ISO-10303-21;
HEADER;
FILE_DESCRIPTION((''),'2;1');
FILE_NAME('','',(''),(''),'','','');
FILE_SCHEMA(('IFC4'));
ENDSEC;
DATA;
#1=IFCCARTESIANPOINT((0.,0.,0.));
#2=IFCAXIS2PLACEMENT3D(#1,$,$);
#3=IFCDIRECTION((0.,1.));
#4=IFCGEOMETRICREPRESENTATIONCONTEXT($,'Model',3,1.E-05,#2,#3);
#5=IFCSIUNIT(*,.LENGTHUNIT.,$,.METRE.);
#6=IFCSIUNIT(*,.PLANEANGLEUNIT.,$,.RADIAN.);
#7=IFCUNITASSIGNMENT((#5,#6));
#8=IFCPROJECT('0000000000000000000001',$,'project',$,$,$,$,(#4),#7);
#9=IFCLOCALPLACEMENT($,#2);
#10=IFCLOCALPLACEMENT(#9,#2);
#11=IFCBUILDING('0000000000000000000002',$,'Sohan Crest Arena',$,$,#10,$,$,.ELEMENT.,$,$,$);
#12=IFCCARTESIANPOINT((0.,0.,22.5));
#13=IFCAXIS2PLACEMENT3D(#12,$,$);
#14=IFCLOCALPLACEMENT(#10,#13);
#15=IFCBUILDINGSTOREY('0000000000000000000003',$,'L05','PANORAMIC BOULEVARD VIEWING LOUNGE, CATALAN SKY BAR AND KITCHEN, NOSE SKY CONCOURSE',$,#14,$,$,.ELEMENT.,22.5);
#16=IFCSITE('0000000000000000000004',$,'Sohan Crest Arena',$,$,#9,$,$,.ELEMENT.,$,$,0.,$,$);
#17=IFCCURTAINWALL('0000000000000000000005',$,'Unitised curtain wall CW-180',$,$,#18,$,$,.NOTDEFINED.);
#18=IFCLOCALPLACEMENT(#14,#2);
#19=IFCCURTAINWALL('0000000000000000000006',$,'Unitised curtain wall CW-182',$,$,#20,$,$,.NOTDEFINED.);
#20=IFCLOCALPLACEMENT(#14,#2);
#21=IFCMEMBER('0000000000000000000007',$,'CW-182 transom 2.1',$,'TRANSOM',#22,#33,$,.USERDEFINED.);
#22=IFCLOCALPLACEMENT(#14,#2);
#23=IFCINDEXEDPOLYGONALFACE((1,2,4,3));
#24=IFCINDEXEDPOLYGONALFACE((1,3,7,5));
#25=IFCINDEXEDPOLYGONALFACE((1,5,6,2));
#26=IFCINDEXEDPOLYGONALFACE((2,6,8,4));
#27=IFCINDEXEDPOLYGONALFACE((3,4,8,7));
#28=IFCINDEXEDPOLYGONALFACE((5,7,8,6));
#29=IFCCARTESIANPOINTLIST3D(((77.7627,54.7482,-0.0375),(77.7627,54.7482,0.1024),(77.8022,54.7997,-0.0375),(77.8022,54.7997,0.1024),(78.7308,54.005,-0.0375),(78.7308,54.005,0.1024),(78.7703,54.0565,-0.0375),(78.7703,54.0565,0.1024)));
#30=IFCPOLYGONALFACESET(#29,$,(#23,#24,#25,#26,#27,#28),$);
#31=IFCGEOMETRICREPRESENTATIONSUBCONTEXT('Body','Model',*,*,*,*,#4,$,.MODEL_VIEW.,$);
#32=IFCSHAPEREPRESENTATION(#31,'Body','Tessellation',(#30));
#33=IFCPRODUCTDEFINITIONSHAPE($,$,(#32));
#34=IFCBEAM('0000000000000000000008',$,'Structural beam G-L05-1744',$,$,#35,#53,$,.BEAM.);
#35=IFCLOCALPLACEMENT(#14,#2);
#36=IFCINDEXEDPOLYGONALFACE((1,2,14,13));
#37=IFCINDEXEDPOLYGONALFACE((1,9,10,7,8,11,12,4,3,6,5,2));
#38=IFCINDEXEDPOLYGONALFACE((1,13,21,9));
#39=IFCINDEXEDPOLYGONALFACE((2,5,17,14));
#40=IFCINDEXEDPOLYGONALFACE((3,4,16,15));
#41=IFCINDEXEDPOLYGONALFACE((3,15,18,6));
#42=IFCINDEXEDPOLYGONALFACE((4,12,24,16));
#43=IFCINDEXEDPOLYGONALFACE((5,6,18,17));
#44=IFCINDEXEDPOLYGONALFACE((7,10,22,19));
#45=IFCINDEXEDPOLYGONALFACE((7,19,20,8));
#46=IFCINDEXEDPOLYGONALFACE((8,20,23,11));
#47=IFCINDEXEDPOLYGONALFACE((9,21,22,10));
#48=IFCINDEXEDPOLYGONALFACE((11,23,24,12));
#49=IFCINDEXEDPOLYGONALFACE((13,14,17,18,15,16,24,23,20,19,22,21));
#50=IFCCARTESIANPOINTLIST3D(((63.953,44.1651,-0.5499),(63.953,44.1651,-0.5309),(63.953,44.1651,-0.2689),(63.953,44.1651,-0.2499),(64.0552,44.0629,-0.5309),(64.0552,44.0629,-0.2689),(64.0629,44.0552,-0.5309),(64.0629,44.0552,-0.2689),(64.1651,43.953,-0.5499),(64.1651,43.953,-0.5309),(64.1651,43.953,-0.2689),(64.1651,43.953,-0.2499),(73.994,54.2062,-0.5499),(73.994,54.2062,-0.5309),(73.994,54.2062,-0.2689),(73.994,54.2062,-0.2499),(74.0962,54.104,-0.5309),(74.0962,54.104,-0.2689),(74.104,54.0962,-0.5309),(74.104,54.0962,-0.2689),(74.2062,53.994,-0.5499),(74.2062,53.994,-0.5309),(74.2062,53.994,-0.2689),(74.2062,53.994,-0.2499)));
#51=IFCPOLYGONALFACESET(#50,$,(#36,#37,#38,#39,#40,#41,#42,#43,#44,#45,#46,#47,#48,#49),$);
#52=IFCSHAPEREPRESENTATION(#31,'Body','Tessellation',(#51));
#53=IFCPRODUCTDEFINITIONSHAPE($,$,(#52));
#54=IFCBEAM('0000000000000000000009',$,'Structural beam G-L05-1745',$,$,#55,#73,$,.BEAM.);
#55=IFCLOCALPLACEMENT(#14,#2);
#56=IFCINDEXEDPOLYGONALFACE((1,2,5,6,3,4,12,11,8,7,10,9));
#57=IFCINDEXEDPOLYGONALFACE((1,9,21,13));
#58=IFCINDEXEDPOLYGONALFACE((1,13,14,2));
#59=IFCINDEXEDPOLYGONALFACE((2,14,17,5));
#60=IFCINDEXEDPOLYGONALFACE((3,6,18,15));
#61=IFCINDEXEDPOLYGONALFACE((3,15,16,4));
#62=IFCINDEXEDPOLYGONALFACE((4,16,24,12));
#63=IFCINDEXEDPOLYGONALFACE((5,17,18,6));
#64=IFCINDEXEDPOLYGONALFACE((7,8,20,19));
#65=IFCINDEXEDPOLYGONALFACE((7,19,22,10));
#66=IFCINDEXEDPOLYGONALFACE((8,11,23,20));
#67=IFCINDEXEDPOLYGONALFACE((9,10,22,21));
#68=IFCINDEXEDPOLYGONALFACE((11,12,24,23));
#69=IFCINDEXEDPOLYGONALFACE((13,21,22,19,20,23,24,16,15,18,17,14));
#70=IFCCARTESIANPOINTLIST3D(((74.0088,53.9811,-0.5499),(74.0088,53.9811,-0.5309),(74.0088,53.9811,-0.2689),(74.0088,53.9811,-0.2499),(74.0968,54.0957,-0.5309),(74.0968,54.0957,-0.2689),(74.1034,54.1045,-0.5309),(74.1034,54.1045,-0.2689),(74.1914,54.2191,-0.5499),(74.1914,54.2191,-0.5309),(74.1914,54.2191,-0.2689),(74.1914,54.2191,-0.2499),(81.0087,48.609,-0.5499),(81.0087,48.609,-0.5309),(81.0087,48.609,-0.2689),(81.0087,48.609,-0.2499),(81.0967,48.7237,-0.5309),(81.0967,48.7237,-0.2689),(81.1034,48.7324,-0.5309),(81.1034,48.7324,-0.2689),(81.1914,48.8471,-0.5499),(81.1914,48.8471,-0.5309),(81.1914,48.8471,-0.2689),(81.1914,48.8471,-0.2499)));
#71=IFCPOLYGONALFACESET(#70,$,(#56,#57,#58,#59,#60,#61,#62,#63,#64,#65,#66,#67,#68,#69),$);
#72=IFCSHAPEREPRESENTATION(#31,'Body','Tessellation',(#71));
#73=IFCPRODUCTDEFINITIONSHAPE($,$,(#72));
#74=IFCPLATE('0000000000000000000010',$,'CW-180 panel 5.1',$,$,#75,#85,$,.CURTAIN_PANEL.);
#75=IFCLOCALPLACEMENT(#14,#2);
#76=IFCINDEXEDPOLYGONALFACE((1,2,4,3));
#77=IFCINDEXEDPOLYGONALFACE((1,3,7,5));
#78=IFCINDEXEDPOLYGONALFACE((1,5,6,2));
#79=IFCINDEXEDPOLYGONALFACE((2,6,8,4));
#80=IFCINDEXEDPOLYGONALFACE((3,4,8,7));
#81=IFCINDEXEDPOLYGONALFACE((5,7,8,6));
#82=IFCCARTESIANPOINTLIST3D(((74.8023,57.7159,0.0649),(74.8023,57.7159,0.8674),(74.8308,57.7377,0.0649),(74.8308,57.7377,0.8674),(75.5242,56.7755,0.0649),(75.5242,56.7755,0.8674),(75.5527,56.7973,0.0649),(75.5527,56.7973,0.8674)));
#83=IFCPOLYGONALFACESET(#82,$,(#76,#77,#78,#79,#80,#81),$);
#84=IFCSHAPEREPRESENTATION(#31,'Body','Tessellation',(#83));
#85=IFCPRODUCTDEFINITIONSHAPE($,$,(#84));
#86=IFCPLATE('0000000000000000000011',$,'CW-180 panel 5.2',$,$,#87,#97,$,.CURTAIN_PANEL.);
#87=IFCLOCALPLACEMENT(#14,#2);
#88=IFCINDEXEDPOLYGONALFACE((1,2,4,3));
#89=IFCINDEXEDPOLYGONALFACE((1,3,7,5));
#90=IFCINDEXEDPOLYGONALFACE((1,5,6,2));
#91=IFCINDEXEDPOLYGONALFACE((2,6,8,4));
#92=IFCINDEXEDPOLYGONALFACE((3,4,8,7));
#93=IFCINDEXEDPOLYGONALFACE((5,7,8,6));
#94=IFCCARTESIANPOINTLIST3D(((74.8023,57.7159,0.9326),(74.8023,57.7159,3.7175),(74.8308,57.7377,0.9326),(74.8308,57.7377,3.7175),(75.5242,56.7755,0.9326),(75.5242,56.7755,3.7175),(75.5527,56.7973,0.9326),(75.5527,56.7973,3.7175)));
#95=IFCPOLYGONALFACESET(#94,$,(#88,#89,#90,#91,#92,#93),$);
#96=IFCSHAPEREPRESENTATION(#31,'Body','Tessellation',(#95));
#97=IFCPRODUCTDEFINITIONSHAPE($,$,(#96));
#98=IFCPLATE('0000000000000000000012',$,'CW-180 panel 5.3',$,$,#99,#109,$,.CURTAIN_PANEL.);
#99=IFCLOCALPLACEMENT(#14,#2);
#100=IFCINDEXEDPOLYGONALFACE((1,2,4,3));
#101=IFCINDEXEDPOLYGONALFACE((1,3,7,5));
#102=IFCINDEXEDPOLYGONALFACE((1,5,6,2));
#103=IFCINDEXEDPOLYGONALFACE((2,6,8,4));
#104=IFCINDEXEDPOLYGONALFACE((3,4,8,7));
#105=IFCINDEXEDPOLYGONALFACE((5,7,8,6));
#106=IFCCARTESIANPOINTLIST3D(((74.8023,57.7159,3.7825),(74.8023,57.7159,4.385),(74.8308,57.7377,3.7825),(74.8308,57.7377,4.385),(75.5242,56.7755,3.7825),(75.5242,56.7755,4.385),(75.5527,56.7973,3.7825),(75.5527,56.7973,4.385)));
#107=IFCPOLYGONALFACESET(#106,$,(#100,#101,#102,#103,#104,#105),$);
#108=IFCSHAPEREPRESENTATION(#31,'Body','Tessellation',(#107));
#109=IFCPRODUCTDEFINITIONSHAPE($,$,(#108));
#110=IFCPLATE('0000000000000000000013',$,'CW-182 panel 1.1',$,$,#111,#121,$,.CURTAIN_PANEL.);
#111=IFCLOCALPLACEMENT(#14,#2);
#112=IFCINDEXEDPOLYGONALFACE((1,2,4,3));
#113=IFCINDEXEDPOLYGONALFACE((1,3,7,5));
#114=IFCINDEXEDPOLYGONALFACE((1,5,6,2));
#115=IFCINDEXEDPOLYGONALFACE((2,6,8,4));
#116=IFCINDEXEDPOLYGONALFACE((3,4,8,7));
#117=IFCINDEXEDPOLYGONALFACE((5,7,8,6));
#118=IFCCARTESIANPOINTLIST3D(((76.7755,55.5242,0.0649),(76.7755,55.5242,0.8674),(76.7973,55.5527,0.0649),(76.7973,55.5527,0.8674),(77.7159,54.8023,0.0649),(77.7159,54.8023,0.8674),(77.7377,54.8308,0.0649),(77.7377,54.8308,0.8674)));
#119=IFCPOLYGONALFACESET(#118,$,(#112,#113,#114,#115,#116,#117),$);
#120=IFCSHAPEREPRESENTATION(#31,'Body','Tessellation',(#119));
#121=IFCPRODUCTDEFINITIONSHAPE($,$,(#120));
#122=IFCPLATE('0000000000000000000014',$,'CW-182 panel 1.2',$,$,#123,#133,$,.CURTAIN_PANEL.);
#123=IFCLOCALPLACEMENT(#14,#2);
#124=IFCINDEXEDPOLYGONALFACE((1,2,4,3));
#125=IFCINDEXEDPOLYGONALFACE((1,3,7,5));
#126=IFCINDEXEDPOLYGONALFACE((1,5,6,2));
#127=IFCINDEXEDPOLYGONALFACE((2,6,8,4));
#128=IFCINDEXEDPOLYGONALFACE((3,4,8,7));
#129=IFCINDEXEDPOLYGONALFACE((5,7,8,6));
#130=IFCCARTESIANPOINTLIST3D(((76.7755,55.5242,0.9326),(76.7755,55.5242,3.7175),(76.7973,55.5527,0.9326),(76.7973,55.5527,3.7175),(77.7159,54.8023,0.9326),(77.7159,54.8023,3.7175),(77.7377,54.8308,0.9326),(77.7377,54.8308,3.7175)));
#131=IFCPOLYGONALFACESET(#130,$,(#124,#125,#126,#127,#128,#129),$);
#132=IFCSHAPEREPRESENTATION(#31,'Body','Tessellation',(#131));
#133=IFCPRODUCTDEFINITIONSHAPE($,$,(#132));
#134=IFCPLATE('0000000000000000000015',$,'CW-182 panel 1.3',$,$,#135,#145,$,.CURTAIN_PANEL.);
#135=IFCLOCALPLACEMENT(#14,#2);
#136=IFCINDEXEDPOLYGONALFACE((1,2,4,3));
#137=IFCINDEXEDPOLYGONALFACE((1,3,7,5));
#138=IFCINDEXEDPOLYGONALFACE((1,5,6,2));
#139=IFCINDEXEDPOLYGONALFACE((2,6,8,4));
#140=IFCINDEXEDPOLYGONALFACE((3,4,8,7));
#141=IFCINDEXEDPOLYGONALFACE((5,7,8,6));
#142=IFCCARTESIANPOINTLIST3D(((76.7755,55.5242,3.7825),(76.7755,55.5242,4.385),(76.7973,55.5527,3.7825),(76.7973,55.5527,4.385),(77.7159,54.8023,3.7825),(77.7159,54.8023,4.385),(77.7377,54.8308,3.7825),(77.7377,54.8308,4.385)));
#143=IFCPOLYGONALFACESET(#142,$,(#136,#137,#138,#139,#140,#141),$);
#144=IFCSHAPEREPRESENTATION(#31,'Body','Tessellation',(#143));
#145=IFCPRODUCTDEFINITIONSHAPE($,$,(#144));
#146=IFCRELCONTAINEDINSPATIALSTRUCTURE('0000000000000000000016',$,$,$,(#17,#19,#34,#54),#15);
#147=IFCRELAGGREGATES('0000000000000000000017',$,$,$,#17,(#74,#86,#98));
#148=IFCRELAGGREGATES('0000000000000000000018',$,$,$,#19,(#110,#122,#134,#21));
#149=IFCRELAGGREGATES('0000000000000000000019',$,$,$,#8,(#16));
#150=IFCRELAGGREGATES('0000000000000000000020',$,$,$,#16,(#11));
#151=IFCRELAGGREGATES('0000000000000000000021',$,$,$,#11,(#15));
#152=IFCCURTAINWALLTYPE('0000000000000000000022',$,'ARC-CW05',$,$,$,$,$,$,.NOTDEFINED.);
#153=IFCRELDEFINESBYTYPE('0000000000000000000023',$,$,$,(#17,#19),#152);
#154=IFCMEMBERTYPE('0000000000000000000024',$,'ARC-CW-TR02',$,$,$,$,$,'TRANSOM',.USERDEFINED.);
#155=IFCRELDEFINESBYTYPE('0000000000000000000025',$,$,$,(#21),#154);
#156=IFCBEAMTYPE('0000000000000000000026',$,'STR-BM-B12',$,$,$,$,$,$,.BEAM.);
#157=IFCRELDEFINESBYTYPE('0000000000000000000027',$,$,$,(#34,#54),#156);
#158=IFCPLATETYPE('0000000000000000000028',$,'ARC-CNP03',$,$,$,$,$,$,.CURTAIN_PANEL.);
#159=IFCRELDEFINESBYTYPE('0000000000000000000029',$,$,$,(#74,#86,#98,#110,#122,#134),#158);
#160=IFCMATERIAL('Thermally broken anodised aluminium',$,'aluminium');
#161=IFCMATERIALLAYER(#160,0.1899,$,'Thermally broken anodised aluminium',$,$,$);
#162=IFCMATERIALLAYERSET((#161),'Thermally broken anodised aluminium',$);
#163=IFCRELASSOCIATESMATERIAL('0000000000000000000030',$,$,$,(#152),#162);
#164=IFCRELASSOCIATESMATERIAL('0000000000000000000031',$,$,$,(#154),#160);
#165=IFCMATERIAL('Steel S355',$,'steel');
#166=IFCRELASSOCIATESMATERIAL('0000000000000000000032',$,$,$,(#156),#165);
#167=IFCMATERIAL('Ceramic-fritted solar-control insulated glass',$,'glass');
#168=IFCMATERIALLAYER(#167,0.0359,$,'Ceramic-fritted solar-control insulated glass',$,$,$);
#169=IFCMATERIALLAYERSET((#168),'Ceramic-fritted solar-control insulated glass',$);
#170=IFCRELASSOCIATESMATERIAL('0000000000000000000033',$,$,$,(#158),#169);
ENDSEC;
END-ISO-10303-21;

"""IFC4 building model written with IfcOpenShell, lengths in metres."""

from ifc_helpers import new_model, si_unit, direction, frame, origin, origin_2d, place, context, subcontext, project, spatial, rectangle, i_section, extrude, material, layer, layer_set, material_profile, profile_set, type_object, element, aggregate, save


model = new_model("IFC4")

# Units and contexts
model_context = context("Model", 3, precision=1e-05, world=origin(), true_north=direction((0.0, 1.0)))
body_context = subcontext(model_context, "Body", "Model", "MODEL_VIEW")
ifc_project = project(units=[si_unit("LENGTHUNIT", "METRE"), si_unit("PLANEANGLEUNIT", "RADIAN")], contexts=[model_context])

# Site, building, storey
site_placement = place(None, origin())
site = spatial("IfcSite", under=ifc_project, at=site_placement, Name="Sohan Crest Arena", CompositionType="ELEMENT", RefElevation=0.0)
building_placement = place(site_placement, origin())
building = spatial("IfcBuilding", under=site, at=building_placement, Name="Sohan Crest Arena", CompositionType="ELEMENT")
storey_placement = place(building_placement, frame((0.0, 0.0, 22.5)))
storey = spatial("IfcBuildingStorey", under=building, at=storey_placement, Name="L05", Description="PANORAMIC BOULEVARD VIEWING LOUNGE, CATALAN SKY BAR AND KITCHEN, NOSE SKY CONCOURSE", CompositionType="ELEMENT", Elevation=22.5)

# Shared definitions
ifc_material_1 = material(Name="Steel S355", Category="steel")

# Curtain wall
ifc_material_2 = material(Name="Thermally broken anodised aluminium", Category="aluminium")
ifc_layer_1 = layer(ifc_material_2, 0.1899, Name="Thermally broken anodised aluminium")
ifc_layer_set_1 = layer_set([ifc_layer_1], Name="Thermally broken anodised aluminium")
curtain_wall_type = type_object("IfcCurtainWallType", Name="ARC-CW05", PredefinedType="NOTDEFINED", material=ifc_layer_set_1)
curtain_wall_1_placement = place(storey_placement, origin())
curtain_wall_1 = element("IfcCurtainWall", 1, at=curtain_wall_1_placement, inside=storey, type_object=curtain_wall_type, Name="Unitised curtain wall CW-180", PredefinedType="NOTDEFINED")

# Curtain wall
curtain_wall_2_placement = place(storey_placement, origin())
curtain_wall_2 = element("IfcCurtainWall", 2, at=curtain_wall_2_placement, inside=storey, type_object=curtain_wall_type, Name="Unitised curtain wall CW-182", PredefinedType="NOTDEFINED")

# Member
ifc_material_profile_1 = material_profile(ifc_material_2, rectangle(XDim=0.0649, YDim=0.1399, at=origin_2d()), Name="ALU-TRAN 65x140")
ifc_profile_set_1 = profile_set([ifc_material_profile_1], Name="Thermally broken anodised aluminium")
member_type_1 = type_object("IfcMemberType", Name="ARC-CW-TR02", ElementType="TRANSOM", PredefinedType="USERDEFINED", material=ifc_profile_set_1)
member_1_placement = place(storey_placement, frame((77.7825, 54.7739, 0.0325), z_axis=(0.793204, -0.608956, 0.0), x_axis=(0.608956, 0.793204, 0.0)))
member_1 = element("IfcMember", 3, at=member_1_placement, type_object=member_type_1, Name="CW-182 transom 2.1", ObjectType="TRANSOM", PredefinedType="USERDEFINED", context=body_context, shape_type="SweptSolid", body=[
    extrude(rectangle(XDim=0.0649, YDim=0.1399, at=origin_2d()), origin(), (0.0, 0.0, 1.0), 1.2205),
])

# Beams
ifc_material_profile_2 = material_profile(ifc_material_1, i_section(OverallWidth=0.3, OverallDepth=0.3, WebThickness=0.011, FlangeThickness=0.019, at=origin_2d()), Name="HEB 300")
ifc_profile_set_2 = profile_set([ifc_material_profile_2], Name="Steel S355")
beam_type = type_object("IfcBeamType", Name="STR-BM-B12", PredefinedType="BEAM", material=ifc_profile_set_2)
beam_1_placement = place(storey_placement, frame((74.1001, 54.1001, -0.3999), z_axis=(-0.707107, -0.707107, 0.0), x_axis=(0.707107, -0.707107, 0.0)))
element("IfcBeam", 4, at=beam_1_placement, inside=storey, type_object=beam_type, Name="Structural beam G-L05-1744", PredefinedType="BEAM", context=body_context, shape_type="SweptSolid", body=[
    extrude(i_section(OverallWidth=0.3, OverallDepth=0.3, WebThickness=0.011, FlangeThickness=0.019, at=origin_2d()), origin(), (0.0, 0.0, 1.0), 14.2002),
])
beam_2_placement = place(storey_placement, frame((74.1001, 54.1001, -0.3999), z_axis=(0.793311, -0.608817, 0.0), x_axis=(0.608817, 0.793311, 0.0)))
element("IfcBeam", 5, at=beam_2_placement, inside=storey, type_object=beam_type, Name="Structural beam G-L05-1745", PredefinedType="BEAM", context=body_context, shape_type="SweptSolid", body=[
    extrude(i_section(OverallWidth=0.3, OverallDepth=0.3, WebThickness=0.011, FlangeThickness=0.019, at=origin_2d()), origin(), (0.0, 0.0, 1.0), 8.8237),
])

# Plates
ifc_material_3 = material(Name="Ceramic-fritted solar-control insulated glass", Category="glass")
ifc_layer_2 = layer(ifc_material_3, 0.0359, Name="Ceramic-fritted solar-control insulated glass")
ifc_layer_set_2 = layer_set([ifc_layer_2], Name="Ceramic-fritted solar-control insulated glass")
plate_type = type_object("IfcPlateType", Name="ARC-CNP03", PredefinedType="CURTAIN_PANEL", material=ifc_layer_set_2)
plate_1_placement = place(storey_placement, frame((75.1775, 57.2566, 0.0649), z_axis=(0.0, 0.0, 1.0), x_axis=(0.608939, -0.793217, 0.0)))
plate_1 = element("IfcPlate", 6, at=plate_1_placement, type_object=plate_type, Name="CW-180 panel 5.1", PredefinedType="CURTAIN_PANEL", context=body_context, shape_type="SweptSolid", body=[
    extrude(rectangle(XDim=1.1855, YDim=0.0359, at=origin_2d()), origin(), (0.0, 0.0, 1.0), 0.8025),
])
plate_2_placement = place(storey_placement, frame((75.1775, 57.2566, 0.9326), z_axis=(0.0, 0.0, 1.0), x_axis=(0.608939, -0.793217, 0.0)))
plate_2 = element("IfcPlate", 7, at=plate_2_placement, type_object=plate_type, Name="CW-180 panel 5.2", PredefinedType="CURTAIN_PANEL", context=body_context, shape_type="SweptSolid", body=[
    extrude(rectangle(XDim=1.1855, YDim=0.0359, at=origin_2d()), origin(), (0.0, 0.0, 1.0), 2.7849),
])
plate_3_placement = place(storey_placement, frame((75.1775, 57.2566, 3.7825), z_axis=(0.0, 0.0, 1.0), x_axis=(0.608939, -0.793217, 0.0)))
plate_3 = element("IfcPlate", 8, at=plate_3_placement, type_object=plate_type, Name="CW-180 panel 5.3", PredefinedType="CURTAIN_PANEL", context=body_context, shape_type="SweptSolid", body=[
    extrude(rectangle(XDim=1.1855, YDim=0.0359, at=origin_2d()), origin(), (0.0, 0.0, 1.0), 0.6025),
])
aggregate(curtain_wall_1, [plate_1, plate_2, plate_3])
plate_4_placement = place(storey_placement, frame((77.2566, 55.1775, 0.0649), z_axis=(0.0, 0.0, 1.0), x_axis=(0.793217, -0.608939, 0.0)))
plate_4 = element("IfcPlate", 9, at=plate_4_placement, type_object=plate_type, Name="CW-182 panel 1.1", PredefinedType="CURTAIN_PANEL", context=body_context, shape_type="SweptSolid", body=[
    extrude(rectangle(XDim=1.1855, YDim=0.0359, at=origin_2d()), origin(), (0.0, 0.0, 1.0), 0.8025),
])
plate_5_placement = place(storey_placement, frame((77.2566, 55.1775, 0.9326), z_axis=(0.0, 0.0, 1.0), x_axis=(0.793217, -0.608939, 0.0)))
plate_5 = element("IfcPlate", 10, at=plate_5_placement, type_object=plate_type, Name="CW-182 panel 1.2", PredefinedType="CURTAIN_PANEL", context=body_context, shape_type="SweptSolid", body=[
    extrude(rectangle(XDim=1.1855, YDim=0.0359, at=origin_2d()), origin(), (0.0, 0.0, 1.0), 2.7849),
])
plate_6_placement = place(storey_placement, frame((77.2566, 55.1775, 3.7825), z_axis=(0.0, 0.0, 1.0), x_axis=(0.793217, -0.608939, 0.0)))
plate_6 = element("IfcPlate", 11, at=plate_6_placement, type_object=plate_type, Name="CW-182 panel 1.3", PredefinedType="CURTAIN_PANEL", context=body_context, shape_type="SweptSolid", body=[
    extrude(rectangle(XDim=1.1855, YDim=0.0359, at=origin_2d()), origin(), (0.0, 0.0, 1.0), 0.6025),
])
aggregate(curtain_wall_2, [plate_4, plate_5, plate_6, member_1])

save(model, "model.ifc")
